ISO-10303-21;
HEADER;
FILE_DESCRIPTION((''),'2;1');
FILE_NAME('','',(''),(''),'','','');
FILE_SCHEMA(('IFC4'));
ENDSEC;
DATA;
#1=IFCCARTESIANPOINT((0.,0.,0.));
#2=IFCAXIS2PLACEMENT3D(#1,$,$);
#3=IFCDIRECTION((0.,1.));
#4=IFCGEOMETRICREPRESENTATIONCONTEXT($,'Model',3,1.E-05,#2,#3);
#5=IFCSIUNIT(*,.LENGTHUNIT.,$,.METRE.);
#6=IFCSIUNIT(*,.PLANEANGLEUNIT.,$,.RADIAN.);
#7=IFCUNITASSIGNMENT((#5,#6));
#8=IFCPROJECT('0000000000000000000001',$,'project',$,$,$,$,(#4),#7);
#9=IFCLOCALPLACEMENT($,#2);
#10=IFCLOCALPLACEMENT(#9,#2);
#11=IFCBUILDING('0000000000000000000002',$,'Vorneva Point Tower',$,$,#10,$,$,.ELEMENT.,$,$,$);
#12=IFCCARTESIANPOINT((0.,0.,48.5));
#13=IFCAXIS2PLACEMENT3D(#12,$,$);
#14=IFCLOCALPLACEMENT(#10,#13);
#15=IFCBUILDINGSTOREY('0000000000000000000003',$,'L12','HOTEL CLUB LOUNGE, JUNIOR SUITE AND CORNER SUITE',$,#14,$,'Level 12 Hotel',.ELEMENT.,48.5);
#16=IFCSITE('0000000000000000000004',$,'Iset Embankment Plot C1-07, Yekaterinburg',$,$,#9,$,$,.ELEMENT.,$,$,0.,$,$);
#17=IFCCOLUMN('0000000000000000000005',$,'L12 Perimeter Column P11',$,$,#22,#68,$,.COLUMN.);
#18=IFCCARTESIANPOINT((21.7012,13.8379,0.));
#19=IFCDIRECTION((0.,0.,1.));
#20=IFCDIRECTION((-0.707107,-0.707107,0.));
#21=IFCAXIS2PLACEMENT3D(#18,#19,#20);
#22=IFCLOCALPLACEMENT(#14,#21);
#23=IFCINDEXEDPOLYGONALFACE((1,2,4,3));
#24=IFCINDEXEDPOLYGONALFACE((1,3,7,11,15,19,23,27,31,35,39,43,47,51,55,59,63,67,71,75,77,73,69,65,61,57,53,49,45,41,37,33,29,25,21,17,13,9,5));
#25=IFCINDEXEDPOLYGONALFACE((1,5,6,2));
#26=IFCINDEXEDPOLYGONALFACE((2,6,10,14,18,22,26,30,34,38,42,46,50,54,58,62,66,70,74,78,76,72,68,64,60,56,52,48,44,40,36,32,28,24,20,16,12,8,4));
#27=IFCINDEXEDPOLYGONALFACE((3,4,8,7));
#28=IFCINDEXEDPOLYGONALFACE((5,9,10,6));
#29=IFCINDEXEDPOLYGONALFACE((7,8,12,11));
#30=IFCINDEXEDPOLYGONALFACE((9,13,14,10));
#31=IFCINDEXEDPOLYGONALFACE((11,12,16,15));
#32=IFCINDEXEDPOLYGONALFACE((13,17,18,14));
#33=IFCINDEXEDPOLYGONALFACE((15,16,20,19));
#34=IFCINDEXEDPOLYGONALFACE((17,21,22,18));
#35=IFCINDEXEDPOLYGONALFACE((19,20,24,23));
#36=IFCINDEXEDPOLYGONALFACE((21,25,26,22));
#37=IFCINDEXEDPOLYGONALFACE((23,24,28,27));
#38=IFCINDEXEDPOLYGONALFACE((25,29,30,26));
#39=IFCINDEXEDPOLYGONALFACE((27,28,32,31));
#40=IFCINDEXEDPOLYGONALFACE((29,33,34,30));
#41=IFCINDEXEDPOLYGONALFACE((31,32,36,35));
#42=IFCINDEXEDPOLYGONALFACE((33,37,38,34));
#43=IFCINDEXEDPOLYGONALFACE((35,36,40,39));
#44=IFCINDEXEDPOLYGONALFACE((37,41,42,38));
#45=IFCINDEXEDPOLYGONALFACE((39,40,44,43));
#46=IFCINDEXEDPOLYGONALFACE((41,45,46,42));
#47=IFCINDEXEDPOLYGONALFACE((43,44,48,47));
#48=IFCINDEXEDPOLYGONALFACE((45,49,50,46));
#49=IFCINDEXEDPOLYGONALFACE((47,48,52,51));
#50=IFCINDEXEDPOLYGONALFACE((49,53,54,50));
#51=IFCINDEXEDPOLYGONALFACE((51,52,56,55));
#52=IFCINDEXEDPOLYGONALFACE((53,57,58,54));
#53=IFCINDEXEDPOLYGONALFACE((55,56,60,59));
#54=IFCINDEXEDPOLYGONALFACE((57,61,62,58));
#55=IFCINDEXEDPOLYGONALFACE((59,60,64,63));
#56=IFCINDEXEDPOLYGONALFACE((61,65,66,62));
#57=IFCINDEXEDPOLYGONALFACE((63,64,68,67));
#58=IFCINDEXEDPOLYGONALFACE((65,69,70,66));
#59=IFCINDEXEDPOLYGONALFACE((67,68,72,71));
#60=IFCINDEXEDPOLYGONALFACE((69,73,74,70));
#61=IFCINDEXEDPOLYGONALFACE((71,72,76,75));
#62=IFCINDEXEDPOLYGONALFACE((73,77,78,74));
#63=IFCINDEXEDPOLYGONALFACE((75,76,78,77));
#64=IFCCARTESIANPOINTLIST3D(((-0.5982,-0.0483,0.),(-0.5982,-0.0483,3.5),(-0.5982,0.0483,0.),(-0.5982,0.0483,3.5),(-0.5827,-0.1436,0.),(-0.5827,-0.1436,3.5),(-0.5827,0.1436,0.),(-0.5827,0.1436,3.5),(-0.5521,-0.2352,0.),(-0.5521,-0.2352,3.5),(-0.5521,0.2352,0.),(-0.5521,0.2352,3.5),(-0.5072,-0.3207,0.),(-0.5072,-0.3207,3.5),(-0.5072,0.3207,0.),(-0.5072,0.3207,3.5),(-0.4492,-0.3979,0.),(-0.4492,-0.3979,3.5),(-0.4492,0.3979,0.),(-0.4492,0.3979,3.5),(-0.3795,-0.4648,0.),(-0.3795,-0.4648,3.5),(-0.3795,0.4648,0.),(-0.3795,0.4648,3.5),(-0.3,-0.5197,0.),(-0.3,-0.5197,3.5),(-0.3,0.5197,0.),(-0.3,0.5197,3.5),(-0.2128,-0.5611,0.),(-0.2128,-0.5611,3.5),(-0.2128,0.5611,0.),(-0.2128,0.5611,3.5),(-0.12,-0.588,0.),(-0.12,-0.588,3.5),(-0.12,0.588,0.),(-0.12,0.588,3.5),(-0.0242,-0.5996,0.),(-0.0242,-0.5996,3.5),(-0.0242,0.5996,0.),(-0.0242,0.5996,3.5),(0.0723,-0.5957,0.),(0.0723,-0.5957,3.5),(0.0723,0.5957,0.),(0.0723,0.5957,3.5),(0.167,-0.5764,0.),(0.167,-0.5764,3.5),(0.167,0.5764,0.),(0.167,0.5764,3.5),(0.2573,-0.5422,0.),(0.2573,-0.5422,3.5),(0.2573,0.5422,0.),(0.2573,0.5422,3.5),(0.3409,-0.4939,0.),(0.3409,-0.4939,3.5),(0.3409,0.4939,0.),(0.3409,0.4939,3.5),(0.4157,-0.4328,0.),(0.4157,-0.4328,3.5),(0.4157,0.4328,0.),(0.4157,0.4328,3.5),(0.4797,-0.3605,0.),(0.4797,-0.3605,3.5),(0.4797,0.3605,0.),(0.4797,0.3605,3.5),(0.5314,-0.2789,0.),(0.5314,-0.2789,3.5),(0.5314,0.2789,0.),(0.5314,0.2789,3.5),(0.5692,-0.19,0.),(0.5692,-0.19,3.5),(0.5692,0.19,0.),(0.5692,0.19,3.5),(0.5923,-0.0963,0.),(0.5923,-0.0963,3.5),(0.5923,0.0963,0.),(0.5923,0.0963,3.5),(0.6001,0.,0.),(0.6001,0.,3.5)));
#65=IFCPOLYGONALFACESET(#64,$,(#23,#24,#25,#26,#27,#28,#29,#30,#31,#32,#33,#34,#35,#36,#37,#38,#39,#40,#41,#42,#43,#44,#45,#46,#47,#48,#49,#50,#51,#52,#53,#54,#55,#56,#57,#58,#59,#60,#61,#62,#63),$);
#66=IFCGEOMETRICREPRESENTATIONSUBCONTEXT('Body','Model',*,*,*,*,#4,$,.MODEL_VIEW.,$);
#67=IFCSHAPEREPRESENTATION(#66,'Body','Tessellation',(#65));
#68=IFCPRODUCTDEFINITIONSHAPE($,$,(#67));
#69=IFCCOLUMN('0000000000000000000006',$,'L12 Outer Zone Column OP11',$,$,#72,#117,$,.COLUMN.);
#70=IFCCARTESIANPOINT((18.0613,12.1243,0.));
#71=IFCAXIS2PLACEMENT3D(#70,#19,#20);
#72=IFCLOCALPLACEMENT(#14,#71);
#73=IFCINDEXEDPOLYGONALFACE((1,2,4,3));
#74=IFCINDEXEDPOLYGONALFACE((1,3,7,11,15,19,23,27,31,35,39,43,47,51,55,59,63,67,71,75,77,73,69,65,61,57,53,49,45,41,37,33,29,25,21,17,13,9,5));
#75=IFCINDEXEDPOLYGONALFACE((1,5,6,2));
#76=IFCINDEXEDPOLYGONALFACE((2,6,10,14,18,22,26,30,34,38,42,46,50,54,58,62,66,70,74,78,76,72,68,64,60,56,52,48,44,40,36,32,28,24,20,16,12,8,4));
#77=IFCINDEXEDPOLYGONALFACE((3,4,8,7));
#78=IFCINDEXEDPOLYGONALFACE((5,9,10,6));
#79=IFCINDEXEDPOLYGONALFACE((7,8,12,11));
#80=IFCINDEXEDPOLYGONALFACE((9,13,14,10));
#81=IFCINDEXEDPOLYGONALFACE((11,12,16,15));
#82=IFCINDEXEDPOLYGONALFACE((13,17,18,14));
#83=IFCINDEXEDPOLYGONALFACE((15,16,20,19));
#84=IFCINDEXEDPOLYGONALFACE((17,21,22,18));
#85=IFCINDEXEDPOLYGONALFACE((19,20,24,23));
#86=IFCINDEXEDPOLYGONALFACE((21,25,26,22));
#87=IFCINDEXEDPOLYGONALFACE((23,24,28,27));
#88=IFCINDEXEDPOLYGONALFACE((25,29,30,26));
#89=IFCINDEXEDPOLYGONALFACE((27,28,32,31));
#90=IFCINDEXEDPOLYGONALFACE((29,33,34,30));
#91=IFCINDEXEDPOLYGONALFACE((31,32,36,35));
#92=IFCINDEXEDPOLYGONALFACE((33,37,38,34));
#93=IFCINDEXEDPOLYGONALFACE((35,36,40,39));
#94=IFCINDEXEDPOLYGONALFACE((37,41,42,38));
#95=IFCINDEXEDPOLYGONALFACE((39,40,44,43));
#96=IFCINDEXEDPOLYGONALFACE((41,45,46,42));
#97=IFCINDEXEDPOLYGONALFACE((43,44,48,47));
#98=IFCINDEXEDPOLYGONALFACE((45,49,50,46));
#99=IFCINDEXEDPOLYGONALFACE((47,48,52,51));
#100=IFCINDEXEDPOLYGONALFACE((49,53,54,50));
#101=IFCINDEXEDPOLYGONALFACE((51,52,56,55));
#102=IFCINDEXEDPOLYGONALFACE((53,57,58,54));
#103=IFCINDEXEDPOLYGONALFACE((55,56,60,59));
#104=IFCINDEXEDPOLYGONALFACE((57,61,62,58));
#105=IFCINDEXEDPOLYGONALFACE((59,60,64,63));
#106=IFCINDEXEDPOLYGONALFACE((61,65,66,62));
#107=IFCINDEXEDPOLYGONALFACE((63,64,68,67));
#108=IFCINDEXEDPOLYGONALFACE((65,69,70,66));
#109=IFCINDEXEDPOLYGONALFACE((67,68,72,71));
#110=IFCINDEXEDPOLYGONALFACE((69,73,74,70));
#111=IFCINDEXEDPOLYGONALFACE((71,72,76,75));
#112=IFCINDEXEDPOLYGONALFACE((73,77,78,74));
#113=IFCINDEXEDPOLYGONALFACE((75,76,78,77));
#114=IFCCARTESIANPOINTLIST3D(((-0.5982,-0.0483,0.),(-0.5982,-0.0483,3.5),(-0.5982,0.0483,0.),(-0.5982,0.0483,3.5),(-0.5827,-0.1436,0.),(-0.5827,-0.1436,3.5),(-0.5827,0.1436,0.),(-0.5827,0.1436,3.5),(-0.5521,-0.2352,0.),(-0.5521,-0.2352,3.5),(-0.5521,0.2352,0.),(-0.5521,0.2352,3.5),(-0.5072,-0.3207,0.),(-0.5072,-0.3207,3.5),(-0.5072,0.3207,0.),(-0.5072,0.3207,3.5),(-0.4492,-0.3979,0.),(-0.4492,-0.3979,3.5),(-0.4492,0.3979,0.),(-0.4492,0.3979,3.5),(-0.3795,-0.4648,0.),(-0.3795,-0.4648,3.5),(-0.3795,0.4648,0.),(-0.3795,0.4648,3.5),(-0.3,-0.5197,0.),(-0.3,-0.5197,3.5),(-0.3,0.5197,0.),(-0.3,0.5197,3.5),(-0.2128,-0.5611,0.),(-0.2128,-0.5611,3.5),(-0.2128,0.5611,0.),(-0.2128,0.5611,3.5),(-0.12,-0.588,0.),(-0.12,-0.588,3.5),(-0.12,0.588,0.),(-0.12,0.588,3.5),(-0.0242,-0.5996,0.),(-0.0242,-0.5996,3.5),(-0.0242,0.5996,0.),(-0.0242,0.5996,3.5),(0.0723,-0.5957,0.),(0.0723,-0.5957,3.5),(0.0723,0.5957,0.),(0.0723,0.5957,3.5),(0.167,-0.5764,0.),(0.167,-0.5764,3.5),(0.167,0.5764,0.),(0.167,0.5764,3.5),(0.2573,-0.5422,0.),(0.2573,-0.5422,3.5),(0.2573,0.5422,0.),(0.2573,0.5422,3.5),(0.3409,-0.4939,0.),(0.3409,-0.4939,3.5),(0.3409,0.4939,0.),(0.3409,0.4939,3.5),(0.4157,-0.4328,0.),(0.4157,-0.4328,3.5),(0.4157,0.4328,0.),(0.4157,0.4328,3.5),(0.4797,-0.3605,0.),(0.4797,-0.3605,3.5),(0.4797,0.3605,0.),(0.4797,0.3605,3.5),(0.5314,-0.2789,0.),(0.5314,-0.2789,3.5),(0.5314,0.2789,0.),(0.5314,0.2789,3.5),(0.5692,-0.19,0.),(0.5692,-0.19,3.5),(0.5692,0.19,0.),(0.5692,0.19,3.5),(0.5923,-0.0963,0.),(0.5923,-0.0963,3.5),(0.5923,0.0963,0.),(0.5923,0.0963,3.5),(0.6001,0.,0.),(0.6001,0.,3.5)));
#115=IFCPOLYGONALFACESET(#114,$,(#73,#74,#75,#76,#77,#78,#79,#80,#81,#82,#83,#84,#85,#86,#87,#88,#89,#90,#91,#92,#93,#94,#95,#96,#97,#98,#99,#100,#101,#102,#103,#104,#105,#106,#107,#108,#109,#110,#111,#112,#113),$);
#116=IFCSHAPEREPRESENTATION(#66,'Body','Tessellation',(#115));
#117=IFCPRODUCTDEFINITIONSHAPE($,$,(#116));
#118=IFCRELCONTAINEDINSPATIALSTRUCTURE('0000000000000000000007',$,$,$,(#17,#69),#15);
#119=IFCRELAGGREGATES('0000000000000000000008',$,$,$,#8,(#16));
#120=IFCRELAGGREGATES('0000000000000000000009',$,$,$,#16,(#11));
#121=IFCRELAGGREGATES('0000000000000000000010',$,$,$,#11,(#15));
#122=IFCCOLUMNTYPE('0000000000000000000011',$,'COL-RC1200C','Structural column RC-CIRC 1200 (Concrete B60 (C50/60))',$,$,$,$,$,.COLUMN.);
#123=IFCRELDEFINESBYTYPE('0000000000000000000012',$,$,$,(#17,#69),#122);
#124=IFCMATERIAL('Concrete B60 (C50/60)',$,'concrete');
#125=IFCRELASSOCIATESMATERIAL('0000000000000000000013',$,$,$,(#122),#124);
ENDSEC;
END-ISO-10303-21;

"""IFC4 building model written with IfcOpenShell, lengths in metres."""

from ifc_helpers import new_model, si_unit, direction, frame, origin, origin_2d, place, context, subcontext, project, spatial, circle, extrude, material, material_profile, profile_set, type_object, element, save


model = new_model("IFC4")

# Units and contexts
model_context = context("Model", 3, precision=1e-05, world=origin(), true_north=direction((0.0, 1.0)))
body_context = subcontext(model_context, "Body", "Model", "MODEL_VIEW")
ifc_project = project(units=[si_unit("LENGTHUNIT", "METRE"), si_unit("PLANEANGLEUNIT", "RADIAN")], contexts=[model_context])

# Site, building, storey
site_placement = place(None, origin())
site = spatial("IfcSite", under=ifc_project, at=site_placement, Name="Iset Embankment Plot C1-07, Yekaterinburg", CompositionType="ELEMENT", RefElevation=0.0)
building_placement = place(site_placement, origin())
building = spatial("IfcBuilding", under=site, at=building_placement, Name="Vorneva Point Tower", CompositionType="ELEMENT")
storey_placement = place(building_placement, frame((0.0, 0.0, 48.5)))
storey = spatial("IfcBuildingStorey", under=building, at=storey_placement, Name="L12", Description="HOTEL CLUB LOUNGE, JUNIOR SUITE AND CORNER SUITE", LongName="Level 12 Hotel", CompositionType="ELEMENT", Elevation=48.5)

# Columns
ifc_material_1 = material(Name="Concrete B60 (C50/60)", Category="concrete")
ifc_material_profile_1 = material_profile(ifc_material_1, circle(Radius=0.6001, at=origin_2d()), Name="RC-CIRC 1200")
ifc_profile_set_1 = profile_set([ifc_material_profile_1], Name="Concrete B60 (C50/60)")
column_type_1 = type_object("IfcColumnType", Name="COL-RC1200C", Description="Structural column RC-CIRC 1200 (Concrete B60 (C50/60))", PredefinedType="COLUMN", material=ifc_profile_set_1)
for number, where, z_axis, x_axis, name in (
    (1, (21.7012, 13.8379, 0.0), (0.0, 0.0, 1.0), (-0.707107, -0.707107, 0.0), "L12 Perimeter Column P11"),
    (2, (18.0613, 12.1243, 0.0), (0.0, 0.0, 1.0), (-0.707107, -0.707107, 0.0), "L12 Outer Zone Column OP11"),
):
    element("IfcColumn", number, at=place(storey_placement, frame(where, z_axis=z_axis, x_axis=x_axis)), inside=storey, type_object=column_type_1, Name=name, PredefinedType="COLUMN", context=body_context, shape_type="SweptSolid", body=[
        extrude(circle(Radius=0.6001, at=origin_2d()), origin(), (0.0, 0.0, 1.0), 3.5),
    ])

save(model, "model.ifc")
